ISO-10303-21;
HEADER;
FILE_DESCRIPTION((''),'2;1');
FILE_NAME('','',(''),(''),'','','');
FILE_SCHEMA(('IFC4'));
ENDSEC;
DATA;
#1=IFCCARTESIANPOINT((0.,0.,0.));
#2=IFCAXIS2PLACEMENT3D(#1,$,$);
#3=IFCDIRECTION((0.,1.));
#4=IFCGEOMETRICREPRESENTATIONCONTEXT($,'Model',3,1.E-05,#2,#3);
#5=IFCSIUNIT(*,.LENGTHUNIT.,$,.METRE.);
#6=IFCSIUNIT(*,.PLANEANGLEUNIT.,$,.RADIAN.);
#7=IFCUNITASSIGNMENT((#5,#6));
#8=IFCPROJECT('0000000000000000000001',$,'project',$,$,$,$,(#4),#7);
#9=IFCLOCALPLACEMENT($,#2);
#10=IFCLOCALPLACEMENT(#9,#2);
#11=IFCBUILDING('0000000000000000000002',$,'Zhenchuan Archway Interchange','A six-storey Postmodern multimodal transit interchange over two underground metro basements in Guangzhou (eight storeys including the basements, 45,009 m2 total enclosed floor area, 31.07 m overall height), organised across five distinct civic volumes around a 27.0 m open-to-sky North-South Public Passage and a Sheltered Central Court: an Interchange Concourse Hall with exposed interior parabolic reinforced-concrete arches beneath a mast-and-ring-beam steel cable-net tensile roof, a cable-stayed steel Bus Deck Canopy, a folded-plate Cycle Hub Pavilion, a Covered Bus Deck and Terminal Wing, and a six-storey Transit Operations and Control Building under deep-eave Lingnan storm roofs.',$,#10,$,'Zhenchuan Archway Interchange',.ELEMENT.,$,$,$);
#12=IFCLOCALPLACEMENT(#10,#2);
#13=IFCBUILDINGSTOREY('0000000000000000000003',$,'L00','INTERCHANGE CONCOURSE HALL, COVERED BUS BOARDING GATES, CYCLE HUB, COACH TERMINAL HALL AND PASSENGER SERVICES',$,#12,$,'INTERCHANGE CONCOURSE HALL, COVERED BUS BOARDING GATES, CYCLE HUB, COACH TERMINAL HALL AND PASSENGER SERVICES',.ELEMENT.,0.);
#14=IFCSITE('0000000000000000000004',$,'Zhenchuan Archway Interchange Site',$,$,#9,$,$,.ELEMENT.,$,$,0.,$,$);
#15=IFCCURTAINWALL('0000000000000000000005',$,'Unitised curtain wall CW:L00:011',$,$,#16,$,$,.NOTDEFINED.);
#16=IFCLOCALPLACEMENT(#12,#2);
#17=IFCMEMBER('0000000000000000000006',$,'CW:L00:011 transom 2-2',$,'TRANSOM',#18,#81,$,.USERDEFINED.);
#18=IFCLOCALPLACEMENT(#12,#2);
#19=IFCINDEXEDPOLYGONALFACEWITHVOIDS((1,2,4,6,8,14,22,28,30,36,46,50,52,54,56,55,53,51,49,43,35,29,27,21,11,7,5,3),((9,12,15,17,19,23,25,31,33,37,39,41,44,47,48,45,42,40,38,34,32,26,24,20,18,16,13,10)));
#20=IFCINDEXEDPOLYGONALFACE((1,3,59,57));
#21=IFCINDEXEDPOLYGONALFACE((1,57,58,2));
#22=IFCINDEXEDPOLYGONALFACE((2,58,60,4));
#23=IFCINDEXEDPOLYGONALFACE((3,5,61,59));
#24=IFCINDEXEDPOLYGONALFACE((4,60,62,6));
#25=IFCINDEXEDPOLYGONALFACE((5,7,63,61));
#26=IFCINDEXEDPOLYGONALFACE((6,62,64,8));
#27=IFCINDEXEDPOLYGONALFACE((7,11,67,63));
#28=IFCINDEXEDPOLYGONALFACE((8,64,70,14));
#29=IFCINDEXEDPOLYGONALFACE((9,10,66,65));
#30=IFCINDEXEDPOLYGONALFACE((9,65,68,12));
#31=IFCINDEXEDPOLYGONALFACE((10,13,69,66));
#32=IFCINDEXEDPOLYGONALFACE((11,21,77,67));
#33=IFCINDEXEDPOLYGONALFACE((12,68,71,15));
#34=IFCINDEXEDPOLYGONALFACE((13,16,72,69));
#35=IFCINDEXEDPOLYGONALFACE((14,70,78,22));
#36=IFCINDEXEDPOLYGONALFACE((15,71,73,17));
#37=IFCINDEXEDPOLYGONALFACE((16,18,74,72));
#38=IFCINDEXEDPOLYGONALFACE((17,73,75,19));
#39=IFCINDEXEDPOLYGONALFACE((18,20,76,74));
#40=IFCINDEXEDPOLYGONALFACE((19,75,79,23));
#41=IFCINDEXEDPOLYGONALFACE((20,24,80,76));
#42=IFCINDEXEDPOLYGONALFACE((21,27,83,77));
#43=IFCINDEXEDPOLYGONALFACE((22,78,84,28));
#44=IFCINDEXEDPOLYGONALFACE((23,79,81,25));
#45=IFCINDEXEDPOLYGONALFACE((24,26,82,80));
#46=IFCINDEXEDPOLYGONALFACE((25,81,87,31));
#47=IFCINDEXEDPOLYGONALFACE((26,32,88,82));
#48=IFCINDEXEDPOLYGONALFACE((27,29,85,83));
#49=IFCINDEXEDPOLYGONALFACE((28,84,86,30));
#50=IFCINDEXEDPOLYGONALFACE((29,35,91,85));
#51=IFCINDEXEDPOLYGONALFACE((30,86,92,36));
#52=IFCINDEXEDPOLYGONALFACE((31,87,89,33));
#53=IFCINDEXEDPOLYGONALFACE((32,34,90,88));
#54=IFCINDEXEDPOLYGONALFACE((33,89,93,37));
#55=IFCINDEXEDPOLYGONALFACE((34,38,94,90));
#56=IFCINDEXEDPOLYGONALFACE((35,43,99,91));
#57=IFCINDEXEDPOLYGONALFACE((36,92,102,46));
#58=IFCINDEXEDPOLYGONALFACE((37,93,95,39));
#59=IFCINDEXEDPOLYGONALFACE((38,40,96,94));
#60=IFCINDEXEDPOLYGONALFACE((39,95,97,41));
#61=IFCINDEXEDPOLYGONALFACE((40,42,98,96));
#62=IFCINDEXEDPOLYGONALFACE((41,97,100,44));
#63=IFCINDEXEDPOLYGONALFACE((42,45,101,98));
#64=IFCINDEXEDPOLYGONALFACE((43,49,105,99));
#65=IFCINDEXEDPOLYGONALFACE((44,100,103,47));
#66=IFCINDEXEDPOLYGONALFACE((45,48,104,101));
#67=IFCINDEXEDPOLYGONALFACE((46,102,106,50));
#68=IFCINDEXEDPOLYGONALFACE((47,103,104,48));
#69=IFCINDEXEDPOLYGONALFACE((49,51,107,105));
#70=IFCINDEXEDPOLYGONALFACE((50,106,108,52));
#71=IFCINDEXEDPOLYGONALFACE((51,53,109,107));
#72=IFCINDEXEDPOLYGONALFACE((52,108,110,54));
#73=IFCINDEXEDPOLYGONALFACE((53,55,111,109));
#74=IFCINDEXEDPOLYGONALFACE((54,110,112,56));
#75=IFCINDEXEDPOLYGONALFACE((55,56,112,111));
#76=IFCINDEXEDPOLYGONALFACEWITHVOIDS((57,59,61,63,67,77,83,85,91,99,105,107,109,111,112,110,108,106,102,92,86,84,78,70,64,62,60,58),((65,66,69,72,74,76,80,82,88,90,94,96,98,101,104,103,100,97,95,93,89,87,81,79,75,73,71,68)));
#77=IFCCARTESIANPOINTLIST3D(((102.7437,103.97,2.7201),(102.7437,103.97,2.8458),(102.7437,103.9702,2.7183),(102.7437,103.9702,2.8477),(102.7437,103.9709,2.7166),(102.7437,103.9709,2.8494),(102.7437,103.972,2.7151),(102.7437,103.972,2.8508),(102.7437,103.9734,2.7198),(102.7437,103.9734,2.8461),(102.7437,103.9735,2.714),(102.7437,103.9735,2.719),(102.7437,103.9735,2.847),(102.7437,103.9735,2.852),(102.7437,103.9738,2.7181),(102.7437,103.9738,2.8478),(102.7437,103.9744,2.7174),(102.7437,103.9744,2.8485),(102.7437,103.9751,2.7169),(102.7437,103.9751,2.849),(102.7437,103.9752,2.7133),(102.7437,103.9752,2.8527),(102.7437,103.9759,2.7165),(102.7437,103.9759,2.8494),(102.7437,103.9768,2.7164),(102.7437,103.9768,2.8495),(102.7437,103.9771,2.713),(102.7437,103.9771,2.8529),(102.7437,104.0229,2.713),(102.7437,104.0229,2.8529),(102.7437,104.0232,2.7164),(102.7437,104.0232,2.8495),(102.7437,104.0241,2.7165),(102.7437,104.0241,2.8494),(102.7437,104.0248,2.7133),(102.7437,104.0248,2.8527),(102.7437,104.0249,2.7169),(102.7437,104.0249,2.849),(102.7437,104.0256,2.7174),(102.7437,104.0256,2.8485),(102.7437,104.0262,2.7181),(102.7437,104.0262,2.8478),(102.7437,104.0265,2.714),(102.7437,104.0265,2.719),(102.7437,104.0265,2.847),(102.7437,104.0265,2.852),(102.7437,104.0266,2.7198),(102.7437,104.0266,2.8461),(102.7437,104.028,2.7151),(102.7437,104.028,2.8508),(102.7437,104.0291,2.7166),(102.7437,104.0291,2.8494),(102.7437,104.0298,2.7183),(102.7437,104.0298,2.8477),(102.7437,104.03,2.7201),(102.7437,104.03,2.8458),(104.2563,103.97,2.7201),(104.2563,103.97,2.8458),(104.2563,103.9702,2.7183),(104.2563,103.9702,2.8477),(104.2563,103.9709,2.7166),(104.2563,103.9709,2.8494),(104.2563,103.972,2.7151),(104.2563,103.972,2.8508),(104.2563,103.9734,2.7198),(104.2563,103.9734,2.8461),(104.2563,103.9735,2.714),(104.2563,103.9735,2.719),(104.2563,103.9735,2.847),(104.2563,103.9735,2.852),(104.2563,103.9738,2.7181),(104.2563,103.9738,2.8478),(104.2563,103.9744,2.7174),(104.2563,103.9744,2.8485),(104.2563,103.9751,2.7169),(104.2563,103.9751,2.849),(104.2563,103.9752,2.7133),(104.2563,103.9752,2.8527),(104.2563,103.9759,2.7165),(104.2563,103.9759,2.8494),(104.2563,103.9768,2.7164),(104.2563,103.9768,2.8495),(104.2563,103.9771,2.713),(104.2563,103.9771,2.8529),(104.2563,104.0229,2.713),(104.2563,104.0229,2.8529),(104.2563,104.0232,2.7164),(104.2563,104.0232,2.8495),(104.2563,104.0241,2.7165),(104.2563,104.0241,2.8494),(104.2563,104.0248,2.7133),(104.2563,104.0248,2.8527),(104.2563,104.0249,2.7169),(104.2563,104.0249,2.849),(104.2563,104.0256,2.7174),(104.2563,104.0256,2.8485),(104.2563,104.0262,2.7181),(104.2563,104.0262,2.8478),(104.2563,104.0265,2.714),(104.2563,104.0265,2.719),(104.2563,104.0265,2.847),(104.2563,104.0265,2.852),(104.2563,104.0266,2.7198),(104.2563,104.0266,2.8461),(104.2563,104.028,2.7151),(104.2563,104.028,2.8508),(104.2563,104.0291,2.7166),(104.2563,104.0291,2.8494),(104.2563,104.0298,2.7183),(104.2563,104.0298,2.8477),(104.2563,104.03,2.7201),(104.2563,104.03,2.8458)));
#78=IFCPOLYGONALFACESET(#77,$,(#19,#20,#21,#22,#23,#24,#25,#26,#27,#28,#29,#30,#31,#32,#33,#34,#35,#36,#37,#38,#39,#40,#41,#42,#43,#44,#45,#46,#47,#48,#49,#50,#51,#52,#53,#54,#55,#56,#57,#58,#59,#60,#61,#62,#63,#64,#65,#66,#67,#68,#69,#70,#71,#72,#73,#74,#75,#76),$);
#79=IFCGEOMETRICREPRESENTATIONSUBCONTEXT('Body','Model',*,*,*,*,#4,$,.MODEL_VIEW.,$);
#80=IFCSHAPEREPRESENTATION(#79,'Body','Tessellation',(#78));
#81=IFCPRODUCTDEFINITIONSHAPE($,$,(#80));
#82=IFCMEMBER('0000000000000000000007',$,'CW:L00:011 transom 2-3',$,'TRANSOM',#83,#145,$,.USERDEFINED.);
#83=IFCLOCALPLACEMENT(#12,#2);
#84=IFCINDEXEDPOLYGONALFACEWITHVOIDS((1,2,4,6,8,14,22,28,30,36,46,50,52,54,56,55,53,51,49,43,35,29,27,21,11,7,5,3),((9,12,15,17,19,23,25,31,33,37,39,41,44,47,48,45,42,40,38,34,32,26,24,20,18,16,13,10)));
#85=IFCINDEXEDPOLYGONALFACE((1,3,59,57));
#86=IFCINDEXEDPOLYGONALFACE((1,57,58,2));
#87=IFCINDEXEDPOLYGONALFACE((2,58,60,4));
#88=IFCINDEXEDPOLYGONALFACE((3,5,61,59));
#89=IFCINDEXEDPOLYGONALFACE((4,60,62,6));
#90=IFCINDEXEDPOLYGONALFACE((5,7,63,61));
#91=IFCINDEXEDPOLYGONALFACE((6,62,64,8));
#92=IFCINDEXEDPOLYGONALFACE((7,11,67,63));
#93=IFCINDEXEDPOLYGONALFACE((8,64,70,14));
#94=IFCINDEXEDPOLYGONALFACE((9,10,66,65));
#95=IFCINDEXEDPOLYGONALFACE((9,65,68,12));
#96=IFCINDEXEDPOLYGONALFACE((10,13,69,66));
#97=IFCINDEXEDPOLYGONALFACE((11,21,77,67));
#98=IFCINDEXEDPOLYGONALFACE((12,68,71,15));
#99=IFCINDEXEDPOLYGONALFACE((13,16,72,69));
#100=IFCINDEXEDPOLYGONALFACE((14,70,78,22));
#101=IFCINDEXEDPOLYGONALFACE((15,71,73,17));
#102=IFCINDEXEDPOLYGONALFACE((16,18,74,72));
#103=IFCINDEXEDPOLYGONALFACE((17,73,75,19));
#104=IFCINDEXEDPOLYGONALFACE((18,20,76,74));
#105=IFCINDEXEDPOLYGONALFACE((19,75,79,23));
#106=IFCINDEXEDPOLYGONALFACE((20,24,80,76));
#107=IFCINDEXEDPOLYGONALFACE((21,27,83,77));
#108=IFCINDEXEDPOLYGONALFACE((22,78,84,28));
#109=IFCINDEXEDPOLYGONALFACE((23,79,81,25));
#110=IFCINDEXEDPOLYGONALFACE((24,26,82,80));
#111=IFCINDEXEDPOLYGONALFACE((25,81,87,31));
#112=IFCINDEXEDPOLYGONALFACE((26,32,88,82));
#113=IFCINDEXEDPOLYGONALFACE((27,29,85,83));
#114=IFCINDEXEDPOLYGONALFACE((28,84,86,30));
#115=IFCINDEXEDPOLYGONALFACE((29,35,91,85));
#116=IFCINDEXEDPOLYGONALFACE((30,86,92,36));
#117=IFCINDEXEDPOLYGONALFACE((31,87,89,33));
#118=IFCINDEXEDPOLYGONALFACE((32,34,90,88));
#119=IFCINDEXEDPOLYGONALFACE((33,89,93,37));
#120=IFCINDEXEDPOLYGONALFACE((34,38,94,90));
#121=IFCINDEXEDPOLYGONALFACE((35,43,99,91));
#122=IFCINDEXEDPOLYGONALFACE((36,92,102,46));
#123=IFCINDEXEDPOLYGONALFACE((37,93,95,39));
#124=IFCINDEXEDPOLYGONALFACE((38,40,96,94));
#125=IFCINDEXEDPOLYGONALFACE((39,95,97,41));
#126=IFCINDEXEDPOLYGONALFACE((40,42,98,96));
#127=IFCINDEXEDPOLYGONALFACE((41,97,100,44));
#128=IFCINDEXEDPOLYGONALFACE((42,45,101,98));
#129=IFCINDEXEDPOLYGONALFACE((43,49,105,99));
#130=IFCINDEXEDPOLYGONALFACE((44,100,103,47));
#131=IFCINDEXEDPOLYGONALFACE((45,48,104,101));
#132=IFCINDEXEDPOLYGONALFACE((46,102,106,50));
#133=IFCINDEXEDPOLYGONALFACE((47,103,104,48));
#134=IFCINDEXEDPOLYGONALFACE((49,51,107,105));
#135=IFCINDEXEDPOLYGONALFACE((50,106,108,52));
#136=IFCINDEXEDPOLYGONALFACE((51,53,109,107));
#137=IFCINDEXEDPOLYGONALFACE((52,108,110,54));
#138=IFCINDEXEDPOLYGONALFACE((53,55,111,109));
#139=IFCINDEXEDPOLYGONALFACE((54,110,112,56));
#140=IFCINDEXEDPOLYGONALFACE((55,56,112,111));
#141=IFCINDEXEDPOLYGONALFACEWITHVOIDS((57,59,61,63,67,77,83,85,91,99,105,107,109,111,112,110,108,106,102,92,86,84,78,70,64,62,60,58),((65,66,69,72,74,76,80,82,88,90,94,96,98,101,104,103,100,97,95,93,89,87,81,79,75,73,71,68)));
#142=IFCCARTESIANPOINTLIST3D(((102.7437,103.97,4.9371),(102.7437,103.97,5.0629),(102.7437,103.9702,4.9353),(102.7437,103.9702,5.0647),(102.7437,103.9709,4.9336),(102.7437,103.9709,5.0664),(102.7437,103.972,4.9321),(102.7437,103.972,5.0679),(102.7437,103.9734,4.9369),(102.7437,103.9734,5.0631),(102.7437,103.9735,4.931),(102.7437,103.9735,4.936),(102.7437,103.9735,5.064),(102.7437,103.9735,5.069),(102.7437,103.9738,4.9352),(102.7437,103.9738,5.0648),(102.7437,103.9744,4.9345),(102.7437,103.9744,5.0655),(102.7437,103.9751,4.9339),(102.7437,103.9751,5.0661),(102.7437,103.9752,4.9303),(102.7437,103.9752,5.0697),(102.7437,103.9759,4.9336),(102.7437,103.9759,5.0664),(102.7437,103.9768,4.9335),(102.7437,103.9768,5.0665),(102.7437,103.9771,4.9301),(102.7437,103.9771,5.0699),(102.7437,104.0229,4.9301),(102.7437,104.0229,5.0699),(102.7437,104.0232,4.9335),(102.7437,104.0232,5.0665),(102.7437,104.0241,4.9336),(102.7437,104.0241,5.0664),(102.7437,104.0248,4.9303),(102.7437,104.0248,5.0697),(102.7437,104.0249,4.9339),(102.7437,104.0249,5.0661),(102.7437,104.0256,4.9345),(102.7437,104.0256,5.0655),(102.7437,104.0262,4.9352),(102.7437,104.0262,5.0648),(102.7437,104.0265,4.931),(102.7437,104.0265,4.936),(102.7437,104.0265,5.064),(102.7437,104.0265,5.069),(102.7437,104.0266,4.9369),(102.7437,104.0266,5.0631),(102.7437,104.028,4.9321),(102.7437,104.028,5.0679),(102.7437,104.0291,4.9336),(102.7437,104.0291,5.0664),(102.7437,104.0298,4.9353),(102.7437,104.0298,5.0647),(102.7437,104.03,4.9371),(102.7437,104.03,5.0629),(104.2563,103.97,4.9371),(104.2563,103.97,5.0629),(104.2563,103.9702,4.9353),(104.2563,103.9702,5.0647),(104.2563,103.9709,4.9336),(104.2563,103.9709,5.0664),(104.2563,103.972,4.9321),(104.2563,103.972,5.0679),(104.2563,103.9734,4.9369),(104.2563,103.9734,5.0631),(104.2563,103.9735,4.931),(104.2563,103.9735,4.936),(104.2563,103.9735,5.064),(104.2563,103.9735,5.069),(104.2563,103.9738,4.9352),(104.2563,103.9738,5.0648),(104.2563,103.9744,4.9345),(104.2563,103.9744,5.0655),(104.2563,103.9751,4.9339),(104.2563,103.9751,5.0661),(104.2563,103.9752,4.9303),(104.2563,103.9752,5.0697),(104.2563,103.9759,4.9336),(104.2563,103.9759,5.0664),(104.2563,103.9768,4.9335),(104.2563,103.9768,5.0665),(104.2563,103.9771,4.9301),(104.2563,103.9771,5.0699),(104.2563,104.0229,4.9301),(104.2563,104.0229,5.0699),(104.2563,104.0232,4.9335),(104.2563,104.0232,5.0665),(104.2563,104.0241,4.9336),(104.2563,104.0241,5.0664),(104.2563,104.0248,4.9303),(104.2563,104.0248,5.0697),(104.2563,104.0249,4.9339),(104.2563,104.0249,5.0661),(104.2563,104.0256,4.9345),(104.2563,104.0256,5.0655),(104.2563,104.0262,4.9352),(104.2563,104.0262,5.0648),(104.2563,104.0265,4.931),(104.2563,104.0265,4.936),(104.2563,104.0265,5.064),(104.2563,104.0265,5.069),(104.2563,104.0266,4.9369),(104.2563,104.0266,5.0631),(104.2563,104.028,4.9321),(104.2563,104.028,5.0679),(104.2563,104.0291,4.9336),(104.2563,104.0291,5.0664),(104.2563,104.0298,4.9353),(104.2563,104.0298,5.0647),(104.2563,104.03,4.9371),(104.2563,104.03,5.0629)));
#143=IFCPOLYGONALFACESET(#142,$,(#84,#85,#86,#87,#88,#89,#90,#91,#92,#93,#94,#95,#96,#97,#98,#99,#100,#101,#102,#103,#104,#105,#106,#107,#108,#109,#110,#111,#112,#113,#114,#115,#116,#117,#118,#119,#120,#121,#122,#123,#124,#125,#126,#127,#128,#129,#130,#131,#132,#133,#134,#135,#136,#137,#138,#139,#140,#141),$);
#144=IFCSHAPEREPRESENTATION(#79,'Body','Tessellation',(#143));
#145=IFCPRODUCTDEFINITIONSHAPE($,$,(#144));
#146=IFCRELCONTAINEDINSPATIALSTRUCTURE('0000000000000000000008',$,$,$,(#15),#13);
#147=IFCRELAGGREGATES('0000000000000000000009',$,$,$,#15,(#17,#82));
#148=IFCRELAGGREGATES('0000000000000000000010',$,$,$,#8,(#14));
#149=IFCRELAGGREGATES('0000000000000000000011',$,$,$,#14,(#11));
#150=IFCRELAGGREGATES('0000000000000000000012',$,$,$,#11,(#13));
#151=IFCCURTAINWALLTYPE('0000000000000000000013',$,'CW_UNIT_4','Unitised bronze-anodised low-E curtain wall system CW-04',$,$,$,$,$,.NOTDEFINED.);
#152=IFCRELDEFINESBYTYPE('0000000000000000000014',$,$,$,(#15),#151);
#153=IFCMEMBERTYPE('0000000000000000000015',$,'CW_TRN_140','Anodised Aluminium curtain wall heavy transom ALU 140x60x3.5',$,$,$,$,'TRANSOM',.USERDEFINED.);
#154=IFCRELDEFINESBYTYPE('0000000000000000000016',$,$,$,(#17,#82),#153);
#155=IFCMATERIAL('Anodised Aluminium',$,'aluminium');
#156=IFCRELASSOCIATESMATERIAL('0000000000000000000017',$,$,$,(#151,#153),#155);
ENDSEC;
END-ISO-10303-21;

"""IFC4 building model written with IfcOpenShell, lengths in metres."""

from ifc_helpers import new_model, si_unit, direction, frame, origin, origin_2d, place, context, subcontext, project, spatial, hollow_rectangle, extrude, material, material_profile, profile_set, type_object, element, aggregate, save


model = new_model("IFC4")

# Units and contexts
model_context = context("Model", 3, precision=1e-05, world=origin(), true_north=direction((0.0, 1.0)))
body_context = subcontext(model_context, "Body", "Model", "MODEL_VIEW")
ifc_project = project(units=[si_unit("LENGTHUNIT", "METRE"), si_unit("PLANEANGLEUNIT", "RADIAN")], contexts=[model_context])

# Site, building, storey
site_placement = place(None, origin())
site = spatial("IfcSite", under=ifc_project, at=site_placement, Name="Zhenchuan Archway Interchange Site", CompositionType="ELEMENT", RefElevation=0.0)
building_placement = place(site_placement, origin())
building = spatial("IfcBuilding", under=site, at=building_placement, Name="Zhenchuan Archway Interchange", Description="A six-storey Postmodern multimodal transit interchange over two underground metro basements in Guangzhou (eight storeys including the basements, 45,009 m2 total enclosed floor area, 31.07 m overall height), organised across five distinct civic volumes around a 27.0 m open-to-sky North-South Public Passage and a Sheltered Central Court: an Interchange Concourse Hall with exposed interior parabolic reinforced-concrete arches beneath a mast-and-ring-beam steel cable-net tensile roof, a cable-stayed steel Bus Deck Canopy, a folded-plate Cycle Hub Pavilion, a Covered Bus Deck and Terminal Wing, and a six-storey Transit Operations and Control Building under deep-eave Lingnan storm roofs.", LongName="Zhenchuan Archway Interchange", CompositionType="ELEMENT")
storey_placement = place(building_placement, origin())
storey = spatial("IfcBuildingStorey", under=building, at=storey_placement, Name="L00", Description="INTERCHANGE CONCOURSE HALL, COVERED BUS BOARDING GATES, CYCLE HUB, COACH TERMINAL HALL AND PASSENGER SERVICES", LongName="INTERCHANGE CONCOURSE HALL, COVERED BUS BOARDING GATES, CYCLE HUB, COACH TERMINAL HALL AND PASSENGER SERVICES", CompositionType="ELEMENT", Elevation=0.0)

# Curtain wall, members
ifc_material_1 = material(Name="Anodised Aluminium", Category="aluminium")
curtain_wall_type = type_object("IfcCurtainWallType", Name="CW_UNIT_4", Description="Unitised bronze-anodised low-E curtain wall system CW-04", PredefinedType="NOTDEFINED", material=ifc_material_1)
curtain_wall_placement = place(storey_placement, origin())
curtain_wall = element("IfcCurtainWall", 1, at=curtain_wall_placement, inside=storey, type_object=curtain_wall_type, Name="Unitised curtain wall CW:L00:011", PredefinedType="NOTDEFINED")
ifc_material_profile_1 = material_profile(ifc_material_1, hollow_rectangle(XDim=0.0601, YDim=0.1399, WallThickness=0.0034, InnerFilletRadius=0.0034, OuterFilletRadius=0.0071, at=origin_2d()), Name="ALU 140x60x3.5")
ifc_profile_set_1 = profile_set([ifc_material_profile_1], Name="Anodised Aluminium")
member_type_1 = type_object("IfcMemberType", Name="CW_TRN_140", Description="Anodised Aluminium curtain wall heavy transom ALU 140x60x3.5", ElementType="TRANSOM", PredefinedType="USERDEFINED", material=ifc_profile_set_1)
member_1_placement = place(storey_placement, frame((102.7437, 104.0, 2.783), z_axis=(1.0, 0.0, 0.0), x_axis=(0.0, 1.0, 0.0)))
member_1 = element("IfcMember", 2, at=member_1_placement, type_object=member_type_1, Name="CW:L00:011 transom 2-2", ObjectType="TRANSOM", PredefinedType="USERDEFINED", context=body_context, shape_type="SweptSolid", body=[
    extrude(hollow_rectangle(XDim=0.0601, YDim=0.1399, WallThickness=0.0034, InnerFilletRadius=0.0034, OuterFilletRadius=0.0071, at=origin_2d()), origin(), (0.0, 0.0, 1.0), 1.5127),
])
member_2_placement = place(storey_placement, frame((102.7437, 104.0, 5.0), z_axis=(1.0, 0.0, 0.0), x_axis=(0.0, 1.0, 0.0)))
member_2 = element("IfcMember", 3, at=member_2_placement, type_object=member_type_1, Name="CW:L00:011 transom 2-3", ObjectType="TRANSOM", PredefinedType="USERDEFINED", context=body_context, shape_type="SweptSolid", body=[
    extrude(hollow_rectangle(XDim=0.0601, YDim=0.1399, WallThickness=0.0034, InnerFilletRadius=0.0034, OuterFilletRadius=0.0071, at=origin_2d()), origin(), (0.0, 0.0, 1.0), 1.5127),
])

aggregate(curtain_wall, [member_1, member_2])

save(model, "model.ifc")
